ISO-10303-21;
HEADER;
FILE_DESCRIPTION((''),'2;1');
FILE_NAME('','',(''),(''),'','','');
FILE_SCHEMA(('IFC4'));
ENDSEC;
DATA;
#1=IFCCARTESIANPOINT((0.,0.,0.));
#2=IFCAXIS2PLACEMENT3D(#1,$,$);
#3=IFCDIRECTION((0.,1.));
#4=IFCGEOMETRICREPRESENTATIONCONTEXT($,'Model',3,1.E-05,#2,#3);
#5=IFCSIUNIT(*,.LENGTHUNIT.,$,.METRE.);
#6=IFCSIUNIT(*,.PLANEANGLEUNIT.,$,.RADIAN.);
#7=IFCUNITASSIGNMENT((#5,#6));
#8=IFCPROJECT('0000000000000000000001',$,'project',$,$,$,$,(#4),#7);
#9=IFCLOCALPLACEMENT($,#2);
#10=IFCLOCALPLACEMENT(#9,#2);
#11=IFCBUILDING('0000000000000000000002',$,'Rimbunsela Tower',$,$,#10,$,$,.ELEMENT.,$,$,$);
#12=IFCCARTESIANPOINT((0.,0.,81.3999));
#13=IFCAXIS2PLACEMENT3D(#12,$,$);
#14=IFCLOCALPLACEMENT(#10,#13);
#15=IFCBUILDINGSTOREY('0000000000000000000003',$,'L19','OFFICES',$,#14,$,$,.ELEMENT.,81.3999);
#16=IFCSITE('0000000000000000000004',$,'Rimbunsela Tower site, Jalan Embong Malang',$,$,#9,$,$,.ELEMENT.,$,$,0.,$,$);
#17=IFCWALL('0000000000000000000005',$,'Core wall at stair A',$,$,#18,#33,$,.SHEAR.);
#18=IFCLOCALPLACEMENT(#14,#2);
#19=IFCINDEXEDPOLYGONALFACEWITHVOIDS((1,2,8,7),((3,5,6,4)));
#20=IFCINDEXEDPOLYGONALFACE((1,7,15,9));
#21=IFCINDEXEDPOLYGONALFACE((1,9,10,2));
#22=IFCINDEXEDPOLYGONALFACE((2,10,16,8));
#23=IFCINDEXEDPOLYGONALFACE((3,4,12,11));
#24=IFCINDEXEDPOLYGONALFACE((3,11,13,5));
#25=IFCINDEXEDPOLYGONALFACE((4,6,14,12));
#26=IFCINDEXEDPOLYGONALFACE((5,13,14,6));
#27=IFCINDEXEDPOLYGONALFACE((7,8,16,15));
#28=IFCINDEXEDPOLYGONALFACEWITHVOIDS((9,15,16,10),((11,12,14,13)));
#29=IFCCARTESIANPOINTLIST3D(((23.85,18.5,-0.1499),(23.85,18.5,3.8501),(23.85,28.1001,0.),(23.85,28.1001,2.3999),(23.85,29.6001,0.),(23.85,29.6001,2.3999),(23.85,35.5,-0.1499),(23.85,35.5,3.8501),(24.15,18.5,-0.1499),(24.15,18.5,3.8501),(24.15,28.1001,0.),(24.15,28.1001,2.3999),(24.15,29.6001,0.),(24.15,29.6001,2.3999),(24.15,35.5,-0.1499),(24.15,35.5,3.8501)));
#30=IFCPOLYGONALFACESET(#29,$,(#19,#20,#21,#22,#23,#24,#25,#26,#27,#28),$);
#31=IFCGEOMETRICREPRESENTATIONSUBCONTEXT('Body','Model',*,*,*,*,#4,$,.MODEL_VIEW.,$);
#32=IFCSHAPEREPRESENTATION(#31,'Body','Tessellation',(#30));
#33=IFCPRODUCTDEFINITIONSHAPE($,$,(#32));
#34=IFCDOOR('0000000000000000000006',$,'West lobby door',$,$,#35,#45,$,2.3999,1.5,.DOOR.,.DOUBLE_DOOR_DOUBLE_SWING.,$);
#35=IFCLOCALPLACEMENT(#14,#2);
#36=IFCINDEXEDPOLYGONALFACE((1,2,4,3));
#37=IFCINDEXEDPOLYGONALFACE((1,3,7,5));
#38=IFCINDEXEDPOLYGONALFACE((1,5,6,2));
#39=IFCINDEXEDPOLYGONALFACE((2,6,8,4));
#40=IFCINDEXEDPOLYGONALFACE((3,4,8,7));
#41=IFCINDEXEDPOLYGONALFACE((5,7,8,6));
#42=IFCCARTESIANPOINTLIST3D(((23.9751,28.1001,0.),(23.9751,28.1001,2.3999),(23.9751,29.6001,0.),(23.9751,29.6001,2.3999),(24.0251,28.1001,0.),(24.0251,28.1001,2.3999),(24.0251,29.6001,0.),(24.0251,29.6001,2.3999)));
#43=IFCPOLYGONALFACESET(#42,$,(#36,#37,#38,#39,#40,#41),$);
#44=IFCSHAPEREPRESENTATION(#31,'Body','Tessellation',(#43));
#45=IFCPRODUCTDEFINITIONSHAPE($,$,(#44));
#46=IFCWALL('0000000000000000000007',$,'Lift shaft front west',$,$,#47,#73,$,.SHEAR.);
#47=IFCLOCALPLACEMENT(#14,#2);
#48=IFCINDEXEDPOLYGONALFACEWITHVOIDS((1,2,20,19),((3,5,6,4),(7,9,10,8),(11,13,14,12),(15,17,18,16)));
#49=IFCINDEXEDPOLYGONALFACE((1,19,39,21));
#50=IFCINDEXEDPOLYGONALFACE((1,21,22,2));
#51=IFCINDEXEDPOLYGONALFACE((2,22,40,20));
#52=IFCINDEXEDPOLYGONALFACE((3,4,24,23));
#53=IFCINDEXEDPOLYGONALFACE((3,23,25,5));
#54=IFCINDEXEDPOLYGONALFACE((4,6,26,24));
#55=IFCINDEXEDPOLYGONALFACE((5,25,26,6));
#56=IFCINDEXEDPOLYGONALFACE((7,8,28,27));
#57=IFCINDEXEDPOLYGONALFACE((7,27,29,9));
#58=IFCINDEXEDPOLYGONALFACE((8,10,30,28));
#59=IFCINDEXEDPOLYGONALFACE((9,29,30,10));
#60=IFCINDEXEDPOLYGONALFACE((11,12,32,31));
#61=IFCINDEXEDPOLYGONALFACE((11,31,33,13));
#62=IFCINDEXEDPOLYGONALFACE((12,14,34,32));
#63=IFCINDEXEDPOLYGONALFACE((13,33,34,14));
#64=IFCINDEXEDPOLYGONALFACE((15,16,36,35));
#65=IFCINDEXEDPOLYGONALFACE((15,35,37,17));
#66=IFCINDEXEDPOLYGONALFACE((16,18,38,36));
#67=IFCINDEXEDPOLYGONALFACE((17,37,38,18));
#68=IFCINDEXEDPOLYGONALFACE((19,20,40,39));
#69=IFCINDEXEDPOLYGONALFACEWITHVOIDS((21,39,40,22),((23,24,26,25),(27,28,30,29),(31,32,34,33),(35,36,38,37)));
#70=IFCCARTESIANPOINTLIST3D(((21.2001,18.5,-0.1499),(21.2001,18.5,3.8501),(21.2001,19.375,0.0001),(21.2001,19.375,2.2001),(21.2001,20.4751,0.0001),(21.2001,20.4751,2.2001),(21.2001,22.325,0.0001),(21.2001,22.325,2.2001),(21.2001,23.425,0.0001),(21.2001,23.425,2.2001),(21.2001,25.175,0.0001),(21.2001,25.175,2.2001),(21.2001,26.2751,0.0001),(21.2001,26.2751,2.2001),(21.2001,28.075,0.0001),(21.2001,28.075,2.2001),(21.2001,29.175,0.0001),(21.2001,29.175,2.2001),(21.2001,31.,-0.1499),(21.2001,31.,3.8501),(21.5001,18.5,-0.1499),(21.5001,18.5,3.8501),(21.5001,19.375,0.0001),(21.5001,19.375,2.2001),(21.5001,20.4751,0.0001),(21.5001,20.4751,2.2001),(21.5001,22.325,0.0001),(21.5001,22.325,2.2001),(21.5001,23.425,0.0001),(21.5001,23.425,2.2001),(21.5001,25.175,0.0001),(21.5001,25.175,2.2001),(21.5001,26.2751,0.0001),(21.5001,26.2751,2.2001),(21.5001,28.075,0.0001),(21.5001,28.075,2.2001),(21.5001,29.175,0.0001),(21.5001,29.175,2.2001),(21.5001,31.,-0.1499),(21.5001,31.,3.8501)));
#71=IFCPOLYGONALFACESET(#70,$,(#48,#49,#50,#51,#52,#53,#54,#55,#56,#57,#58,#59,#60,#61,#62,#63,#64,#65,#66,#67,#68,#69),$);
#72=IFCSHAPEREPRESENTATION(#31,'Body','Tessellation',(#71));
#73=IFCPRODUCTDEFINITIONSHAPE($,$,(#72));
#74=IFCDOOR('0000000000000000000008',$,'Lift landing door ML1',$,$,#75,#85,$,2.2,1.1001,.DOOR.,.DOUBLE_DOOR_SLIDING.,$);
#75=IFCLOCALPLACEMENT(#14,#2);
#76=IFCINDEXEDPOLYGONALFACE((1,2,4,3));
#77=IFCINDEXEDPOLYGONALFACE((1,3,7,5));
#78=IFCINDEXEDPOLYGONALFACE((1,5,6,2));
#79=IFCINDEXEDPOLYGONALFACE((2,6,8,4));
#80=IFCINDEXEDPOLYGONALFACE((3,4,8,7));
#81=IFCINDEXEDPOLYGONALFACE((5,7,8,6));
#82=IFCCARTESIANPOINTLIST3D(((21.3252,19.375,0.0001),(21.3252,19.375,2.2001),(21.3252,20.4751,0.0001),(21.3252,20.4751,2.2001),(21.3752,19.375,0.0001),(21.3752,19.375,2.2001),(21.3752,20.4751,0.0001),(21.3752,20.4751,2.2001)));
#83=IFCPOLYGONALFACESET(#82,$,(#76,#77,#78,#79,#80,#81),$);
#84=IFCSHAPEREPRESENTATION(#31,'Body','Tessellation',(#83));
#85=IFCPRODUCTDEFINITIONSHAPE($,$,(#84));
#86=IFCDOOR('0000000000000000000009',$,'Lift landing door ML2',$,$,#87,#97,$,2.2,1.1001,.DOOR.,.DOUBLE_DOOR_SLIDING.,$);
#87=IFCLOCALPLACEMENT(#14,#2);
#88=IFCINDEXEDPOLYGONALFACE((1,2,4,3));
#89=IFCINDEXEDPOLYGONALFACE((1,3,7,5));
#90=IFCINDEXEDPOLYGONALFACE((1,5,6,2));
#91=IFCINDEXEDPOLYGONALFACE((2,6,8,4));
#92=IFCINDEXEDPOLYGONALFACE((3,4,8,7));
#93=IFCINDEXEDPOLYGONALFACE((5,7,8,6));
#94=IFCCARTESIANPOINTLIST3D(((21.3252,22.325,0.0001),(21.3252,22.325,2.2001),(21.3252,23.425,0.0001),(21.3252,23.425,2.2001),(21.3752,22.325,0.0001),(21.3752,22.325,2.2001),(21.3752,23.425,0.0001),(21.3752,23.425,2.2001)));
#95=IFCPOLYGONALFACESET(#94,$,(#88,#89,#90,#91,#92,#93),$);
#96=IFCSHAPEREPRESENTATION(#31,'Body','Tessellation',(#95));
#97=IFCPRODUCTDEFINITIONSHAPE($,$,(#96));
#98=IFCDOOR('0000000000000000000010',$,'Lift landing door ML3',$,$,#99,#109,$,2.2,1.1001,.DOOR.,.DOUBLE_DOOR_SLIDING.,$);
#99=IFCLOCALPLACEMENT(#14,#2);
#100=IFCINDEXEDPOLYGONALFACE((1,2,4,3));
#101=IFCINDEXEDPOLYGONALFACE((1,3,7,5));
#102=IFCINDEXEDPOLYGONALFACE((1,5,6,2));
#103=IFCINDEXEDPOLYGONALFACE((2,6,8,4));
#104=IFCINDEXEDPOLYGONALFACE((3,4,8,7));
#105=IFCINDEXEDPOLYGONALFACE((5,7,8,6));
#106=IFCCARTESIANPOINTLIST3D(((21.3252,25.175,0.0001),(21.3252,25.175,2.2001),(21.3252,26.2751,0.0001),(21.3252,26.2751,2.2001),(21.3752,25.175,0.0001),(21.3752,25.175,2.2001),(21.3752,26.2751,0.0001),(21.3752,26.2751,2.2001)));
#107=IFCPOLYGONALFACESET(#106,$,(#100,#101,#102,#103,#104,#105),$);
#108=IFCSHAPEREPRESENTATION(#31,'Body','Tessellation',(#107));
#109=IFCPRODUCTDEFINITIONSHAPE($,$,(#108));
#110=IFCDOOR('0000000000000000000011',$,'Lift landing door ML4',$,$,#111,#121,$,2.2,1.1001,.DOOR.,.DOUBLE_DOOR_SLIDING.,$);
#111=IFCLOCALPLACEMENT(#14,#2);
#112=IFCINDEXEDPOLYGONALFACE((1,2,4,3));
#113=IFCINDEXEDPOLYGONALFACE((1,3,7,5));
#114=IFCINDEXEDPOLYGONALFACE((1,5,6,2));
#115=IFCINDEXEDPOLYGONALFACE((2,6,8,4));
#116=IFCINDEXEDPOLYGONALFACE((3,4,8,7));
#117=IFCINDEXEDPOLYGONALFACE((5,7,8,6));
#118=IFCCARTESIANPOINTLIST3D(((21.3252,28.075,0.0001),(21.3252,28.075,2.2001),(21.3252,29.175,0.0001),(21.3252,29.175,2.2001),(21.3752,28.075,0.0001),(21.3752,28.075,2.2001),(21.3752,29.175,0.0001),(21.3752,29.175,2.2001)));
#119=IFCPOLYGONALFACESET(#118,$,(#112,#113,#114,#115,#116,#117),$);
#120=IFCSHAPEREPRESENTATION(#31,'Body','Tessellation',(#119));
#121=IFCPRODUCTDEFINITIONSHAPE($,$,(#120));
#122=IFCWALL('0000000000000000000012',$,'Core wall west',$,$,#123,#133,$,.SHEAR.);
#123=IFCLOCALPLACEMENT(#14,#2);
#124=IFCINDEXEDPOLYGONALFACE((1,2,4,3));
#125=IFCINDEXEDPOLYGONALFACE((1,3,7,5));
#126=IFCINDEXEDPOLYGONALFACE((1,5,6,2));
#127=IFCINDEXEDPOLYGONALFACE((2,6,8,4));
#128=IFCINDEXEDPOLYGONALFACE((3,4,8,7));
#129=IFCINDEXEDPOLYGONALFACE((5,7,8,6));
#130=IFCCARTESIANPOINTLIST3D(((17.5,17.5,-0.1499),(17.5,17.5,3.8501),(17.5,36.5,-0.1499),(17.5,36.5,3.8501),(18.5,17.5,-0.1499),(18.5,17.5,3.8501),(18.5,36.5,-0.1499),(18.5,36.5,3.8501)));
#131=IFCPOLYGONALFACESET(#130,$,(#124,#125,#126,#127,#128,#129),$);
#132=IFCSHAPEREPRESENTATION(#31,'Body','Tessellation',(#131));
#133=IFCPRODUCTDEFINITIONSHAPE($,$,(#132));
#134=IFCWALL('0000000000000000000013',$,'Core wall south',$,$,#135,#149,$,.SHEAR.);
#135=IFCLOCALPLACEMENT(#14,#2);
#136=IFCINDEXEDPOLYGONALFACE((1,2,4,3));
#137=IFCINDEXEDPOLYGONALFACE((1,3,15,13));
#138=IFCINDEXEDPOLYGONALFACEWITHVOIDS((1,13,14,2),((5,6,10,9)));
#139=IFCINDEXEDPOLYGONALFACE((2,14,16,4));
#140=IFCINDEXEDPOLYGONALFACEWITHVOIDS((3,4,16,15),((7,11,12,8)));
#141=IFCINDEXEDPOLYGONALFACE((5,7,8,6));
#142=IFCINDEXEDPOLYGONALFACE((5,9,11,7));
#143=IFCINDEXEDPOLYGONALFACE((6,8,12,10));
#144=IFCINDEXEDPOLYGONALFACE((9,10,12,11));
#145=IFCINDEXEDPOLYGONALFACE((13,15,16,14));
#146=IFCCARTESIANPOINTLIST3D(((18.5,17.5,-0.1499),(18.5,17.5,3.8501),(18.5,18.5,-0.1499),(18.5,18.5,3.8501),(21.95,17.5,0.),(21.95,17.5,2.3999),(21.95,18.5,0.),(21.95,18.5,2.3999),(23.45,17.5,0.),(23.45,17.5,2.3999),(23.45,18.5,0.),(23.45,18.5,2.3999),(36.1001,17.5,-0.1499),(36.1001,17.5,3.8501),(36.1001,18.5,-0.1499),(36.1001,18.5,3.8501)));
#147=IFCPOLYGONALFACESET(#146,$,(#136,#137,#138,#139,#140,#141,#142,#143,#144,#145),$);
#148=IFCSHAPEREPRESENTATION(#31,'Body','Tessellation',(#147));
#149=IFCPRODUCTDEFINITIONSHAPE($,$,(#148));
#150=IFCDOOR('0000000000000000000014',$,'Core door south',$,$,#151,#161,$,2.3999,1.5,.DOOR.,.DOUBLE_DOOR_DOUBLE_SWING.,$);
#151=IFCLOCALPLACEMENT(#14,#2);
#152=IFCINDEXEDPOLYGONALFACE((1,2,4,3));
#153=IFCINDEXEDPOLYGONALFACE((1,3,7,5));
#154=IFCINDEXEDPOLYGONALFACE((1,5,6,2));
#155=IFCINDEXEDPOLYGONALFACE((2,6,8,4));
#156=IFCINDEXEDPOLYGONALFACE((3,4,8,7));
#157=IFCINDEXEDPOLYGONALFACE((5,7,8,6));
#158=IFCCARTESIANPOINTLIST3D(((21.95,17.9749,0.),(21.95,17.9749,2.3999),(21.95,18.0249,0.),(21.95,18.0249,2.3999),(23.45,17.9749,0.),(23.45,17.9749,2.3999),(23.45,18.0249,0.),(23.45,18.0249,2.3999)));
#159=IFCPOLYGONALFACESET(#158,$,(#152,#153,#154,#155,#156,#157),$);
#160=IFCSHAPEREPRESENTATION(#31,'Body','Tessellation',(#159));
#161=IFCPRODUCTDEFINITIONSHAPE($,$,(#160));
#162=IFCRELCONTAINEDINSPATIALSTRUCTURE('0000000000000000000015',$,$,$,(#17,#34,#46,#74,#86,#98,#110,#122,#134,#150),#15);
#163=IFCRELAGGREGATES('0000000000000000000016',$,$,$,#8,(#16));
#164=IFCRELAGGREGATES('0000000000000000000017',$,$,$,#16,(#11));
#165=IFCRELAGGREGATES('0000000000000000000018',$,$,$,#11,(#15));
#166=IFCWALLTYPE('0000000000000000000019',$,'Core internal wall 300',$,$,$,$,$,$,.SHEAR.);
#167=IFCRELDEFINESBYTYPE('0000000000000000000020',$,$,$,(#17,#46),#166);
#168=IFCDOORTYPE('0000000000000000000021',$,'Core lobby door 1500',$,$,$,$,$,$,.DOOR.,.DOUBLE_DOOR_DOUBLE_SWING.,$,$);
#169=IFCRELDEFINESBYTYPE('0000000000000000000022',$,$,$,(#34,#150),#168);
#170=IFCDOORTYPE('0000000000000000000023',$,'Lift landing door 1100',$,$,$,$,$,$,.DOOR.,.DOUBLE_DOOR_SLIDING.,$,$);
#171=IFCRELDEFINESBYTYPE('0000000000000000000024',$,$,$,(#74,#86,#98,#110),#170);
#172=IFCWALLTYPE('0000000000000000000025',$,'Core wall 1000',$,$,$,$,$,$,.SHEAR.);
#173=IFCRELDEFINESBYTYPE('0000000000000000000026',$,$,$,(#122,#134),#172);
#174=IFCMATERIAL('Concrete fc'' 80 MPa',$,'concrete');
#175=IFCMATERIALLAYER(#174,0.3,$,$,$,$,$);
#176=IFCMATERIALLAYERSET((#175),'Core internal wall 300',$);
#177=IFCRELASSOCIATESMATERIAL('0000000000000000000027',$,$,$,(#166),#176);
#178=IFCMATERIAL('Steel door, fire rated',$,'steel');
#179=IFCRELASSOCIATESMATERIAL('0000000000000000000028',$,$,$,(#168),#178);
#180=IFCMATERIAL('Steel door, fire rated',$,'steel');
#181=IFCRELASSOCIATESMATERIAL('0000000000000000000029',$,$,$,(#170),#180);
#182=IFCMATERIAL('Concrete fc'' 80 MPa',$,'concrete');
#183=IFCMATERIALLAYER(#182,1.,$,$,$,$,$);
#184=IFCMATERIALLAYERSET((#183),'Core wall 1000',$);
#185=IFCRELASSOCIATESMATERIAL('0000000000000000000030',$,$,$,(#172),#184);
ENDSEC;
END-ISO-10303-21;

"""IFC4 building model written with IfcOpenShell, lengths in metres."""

from ifc_helpers import new_model, si_unit, direction, frame, frame_2d, origin, place, context, subcontext, project, spatial, rectangle, extrude, material, layer, layer_set, type_object, element, fill, save


model = new_model("IFC4")

# Units and contexts
model_context = context("Model", 3, precision=1e-05, world=origin(), true_north=direction((0.0, 1.0)))
body_context = subcontext(model_context, "Body", "Model", "MODEL_VIEW")
ifc_project = project(units=[si_unit("LENGTHUNIT", "METRE"), si_unit("PLANEANGLEUNIT", "RADIAN")], contexts=[model_context])

# Site, building, storey
site_placement = place(None, origin())
site = spatial("IfcSite", under=ifc_project, at=site_placement, Name="Rimbunsela Tower site, Jalan Embong Malang", CompositionType="ELEMENT", RefElevation=0.0)
building_placement = place(site_placement, origin())
building = spatial("IfcBuilding", under=site, at=building_placement, Name="Rimbunsela Tower", CompositionType="ELEMENT")
storey_placement = place(building_placement, frame((0.0, 0.0, 81.3999)))
storey = spatial("IfcBuildingStorey", under=building, at=storey_placement, Name="L19", Description="OFFICES", CompositionType="ELEMENT", Elevation=81.3999)

# Wall, opening, door
ifc_material_1 = material(Name="Concrete fc' 80 MPa", Category="concrete")
ifc_layer_1 = layer(ifc_material_1, 0.3)
ifc_layer_set_1 = layer_set([ifc_layer_1], Name="Core internal wall 300")
wall_type_1 = type_object("IfcWallType", Name="Core internal wall 300", PredefinedType="SHEAR", material=ifc_layer_set_1)
wall_1_placement = place(storey_placement, frame((24.0, 18.5, -0.1499), z_axis=(0.0, 0.0, 1.0), x_axis=(0.0, 1.0, 0.0)))
wall_1 = element("IfcWall", 1, at=wall_1_placement, inside=storey, type_object=wall_type_1, Name="Core wall at stair A", PredefinedType="SHEAR", context=body_context, shape_type="SweptSolid", body=[
    extrude(rectangle(XDim=17.0, YDim=0.3, at=frame_2d((8.5, 0.0))), origin(), (0.0, 0.0, 1.0), 4.0),
])
opening_1_placement = place(wall_1_placement, frame((9.6001, 0.0, 0.1499)))
opening_1 = element("IfcOpeningElement", 2, at=opening_1_placement, cuts=wall_1, PredefinedType="OPENING", context=body_context, shape_type="SweptSolid", body=[
    extrude(rectangle(XDim=1.5, YDim=2.3999, at=frame_2d((0.75, 1.2))), frame((0.0, 0.1599, 0.0), z_axis=(0.0, -1.0, 0.0), x_axis=(1.0, 0.0, 0.0)), (0.0, 0.0, 1.0), 0.3201),
])
ifc_material_2 = material(Name="Steel door, fire rated", Category="steel")
door_type_1 = type_object("IfcDoorType", Name="Core lobby door 1500", OperationType="DOUBLE_DOOR_DOUBLE_SWING", PredefinedType="DOOR", material=ifc_material_2)
door_1_placement = place(opening_1_placement, origin())
door_1 = element("IfcDoor", 3, at=door_1_placement, inside=storey, type_object=door_type_1, Name="West lobby door", OperationType="DOUBLE_DOOR_DOUBLE_SWING", OverallHeight=2.3999, OverallWidth=1.5, PredefinedType="DOOR", context=body_context, shape_type="SweptSolid", body=[
    extrude(rectangle(XDim=1.5, YDim=2.3999, at=frame_2d((0.75, 1.2))), frame((0.0, 0.0249, 0.0), z_axis=(0.0, -1.0, 0.0), x_axis=(1.0, 0.0, 0.0)), (0.0, 0.0, 1.0), 0.05),
])
fill(opening_1, door_1)

# Wall, openings, doors
wall_2_placement = place(storey_placement, frame((21.3501, 18.5, -0.1499), z_axis=(0.0, 0.0, 1.0), x_axis=(0.0, 1.0, 0.0)))
wall_2 = element("IfcWall", 4, at=wall_2_placement, inside=storey, type_object=wall_type_1, Name="Lift shaft front west", PredefinedType="SHEAR", context=body_context, shape_type="SweptSolid", body=[
    extrude(rectangle(XDim=12.5, YDim=0.3, at=frame_2d((6.25, 0.0))), origin(), (0.0, 0.0, 1.0), 4.0),
])
opening_2_placement = place(wall_2_placement, frame((0.875, 0.0, 0.1499)))
opening_2 = element("IfcOpeningElement", 5, at=opening_2_placement, cuts=wall_2, PredefinedType="OPENING", context=body_context, shape_type="SweptSolid", body=[
    extrude(rectangle(XDim=1.1001, YDim=2.2, at=frame_2d((0.55, 1.1001))), frame((0.0, 0.1599, 0.0), z_axis=(0.0, -1.0, 0.0), x_axis=(1.0, 0.0, 0.0)), (0.0, 0.0, 1.0), 0.3201),
])
opening_3_placement = place(wall_2_placement, frame((3.825, 0.0, 0.1499)))
opening_3 = element("IfcOpeningElement", 6, at=opening_3_placement, cuts=wall_2, PredefinedType="OPENING", context=body_context, shape_type="SweptSolid", body=[
    extrude(rectangle(XDim=1.1001, YDim=2.2, at=frame_2d((0.55, 1.1001))), frame((0.0, 0.1599, 0.0), z_axis=(0.0, -1.0, 0.0), x_axis=(1.0, 0.0, 0.0)), (0.0, 0.0, 1.0), 0.3201),
])
opening_4_placement = place(wall_2_placement, frame((6.675, 0.0, 0.1499)))
opening_4 = element("IfcOpeningElement", 7, at=opening_4_placement, cuts=wall_2, PredefinedType="OPENING", context=body_context, shape_type="SweptSolid", body=[
    extrude(rectangle(XDim=1.1001, YDim=2.2, at=frame_2d((0.55, 1.1001))), frame((0.0, 0.1599, 0.0), z_axis=(0.0, -1.0, 0.0), x_axis=(1.0, 0.0, 0.0)), (0.0, 0.0, 1.0), 0.3201),
])
opening_5_placement = place(wall_2_placement, frame((9.575, 0.0, 0.1499)))
opening_5 = element("IfcOpeningElement", 8, at=opening_5_placement, cuts=wall_2, PredefinedType="OPENING", context=body_context, shape_type="SweptSolid", body=[
    extrude(rectangle(XDim=1.1001, YDim=2.2, at=frame_2d((0.55, 1.1001))), frame((0.0, 0.1599, 0.0), z_axis=(0.0, -1.0, 0.0), x_axis=(1.0, 0.0, 0.0)), (0.0, 0.0, 1.0), 0.3201),
])
ifc_material_3 = material(Name="Steel door, fire rated", Category="steel")
door_type_2 = type_object("IfcDoorType", Name="Lift landing door 1100", OperationType="DOUBLE_DOOR_SLIDING", PredefinedType="DOOR", material=ifc_material_3)
door_2_placement = place(opening_2_placement, origin())
door_2 = element("IfcDoor", 9, at=door_2_placement, inside=storey, type_object=door_type_2, Name="Lift landing door ML1", OperationType="DOUBLE_DOOR_SLIDING", OverallHeight=2.2, OverallWidth=1.1001, PredefinedType="DOOR", context=body_context, shape_type="SweptSolid", body=[
    extrude(rectangle(XDim=1.1001, YDim=2.2, at=frame_2d((0.55, 1.1001))), frame((0.0, 0.0249, 0.0), z_axis=(0.0, -1.0, 0.0), x_axis=(1.0, 0.0, 0.0)), (0.0, 0.0, 1.0), 0.05),
])
fill(opening_2, door_2)
door_3_placement = place(opening_3_placement, origin())
door_3 = element("IfcDoor", 10, at=door_3_placement, inside=storey, type_object=door_type_2, Name="Lift landing door ML2", OperationType="DOUBLE_DOOR_SLIDING", OverallHeight=2.2, OverallWidth=1.1001, PredefinedType="DOOR", context=body_context, shape_type="SweptSolid", body=[
    extrude(rectangle(XDim=1.1001, YDim=2.2, at=frame_2d((0.55, 1.1001))), frame((0.0, 0.0249, 0.0), z_axis=(0.0, -1.0, 0.0), x_axis=(1.0, 0.0, 0.0)), (0.0, 0.0, 1.0), 0.05),
])
fill(opening_3, door_3)
door_4_placement = place(opening_4_placement, origin())
door_4 = element("IfcDoor", 11, at=door_4_placement, inside=storey, type_object=door_type_2, Name="Lift landing door ML3", OperationType="DOUBLE_DOOR_SLIDING", OverallHeight=2.2, OverallWidth=1.1001, PredefinedType="DOOR", context=body_context, shape_type="SweptSolid", body=[
    extrude(rectangle(XDim=1.1001, YDim=2.2, at=frame_2d((0.55, 1.1001))), frame((0.0, 0.0249, 0.0), z_axis=(0.0, -1.0, 0.0), x_axis=(1.0, 0.0, 0.0)), (0.0, 0.0, 1.0), 0.05),
])
fill(opening_4, door_4)
door_5_placement = place(opening_5_placement, origin())
door_5 = element("IfcDoor", 12, at=door_5_placement, inside=storey, type_object=door_type_2, Name="Lift landing door ML4", OperationType="DOUBLE_DOOR_SLIDING", OverallHeight=2.2, OverallWidth=1.1001, PredefinedType="DOOR", context=body_context, shape_type="SweptSolid", body=[
    extrude(rectangle(XDim=1.1001, YDim=2.2, at=frame_2d((0.55, 1.1001))), frame((0.0, 0.0249, 0.0), z_axis=(0.0, -1.0, 0.0), x_axis=(1.0, 0.0, 0.0)), (0.0, 0.0, 1.0), 0.05),
])
fill(opening_5, door_5)

# Wall
ifc_material_4 = material(Name="Concrete fc' 80 MPa", Category="concrete")
ifc_layer_2 = layer(ifc_material_4, 1.0)
ifc_layer_set_2 = layer_set([ifc_layer_2], Name="Core wall 1000")
wall_type_2 = type_object("IfcWallType", Name="Core wall 1000", PredefinedType="SHEAR", material=ifc_layer_set_2)
wall_3_placement = place(storey_placement, frame((18.0, 17.5, -0.1499), z_axis=(0.0, 0.0, 1.0), x_axis=(0.0, 1.0, 0.0)))
element("IfcWall", 13, at=wall_3_placement, inside=storey, type_object=wall_type_2, Name="Core wall west", PredefinedType="SHEAR", context=body_context, shape_type="SweptSolid", body=[
    extrude(rectangle(XDim=19.0, YDim=1.0, at=frame_2d((9.5, 0.0))), origin(), (0.0, 0.0, 1.0), 4.0),
])

# Wall, opening, door
wall_4_placement = place(storey_placement, frame((18.5, 18.0, -0.1499), z_axis=(0.0, 0.0, 1.0), x_axis=(1.0, 0.0, 0.0)))
wall_4 = element("IfcWall", 14, at=wall_4_placement, inside=storey, type_object=wall_type_2, Name="Core wall south", PredefinedType="SHEAR", context=body_context, shape_type="SweptSolid", body=[
    extrude(rectangle(XDim=17.6001, YDim=1.0, at=frame_2d((8.8, 0.0))), origin(), (0.0, 0.0, 1.0), 4.0),
])
opening_6_placement = place(wall_4_placement, frame((3.45, 0.0, 0.1499)))
opening_6 = element("IfcOpeningElement", 15, at=opening_6_placement, cuts=wall_4, PredefinedType="OPENING", context=body_context, shape_type="SweptSolid", body=[
    extrude(rectangle(XDim=1.5, YDim=2.3999, at=frame_2d((0.75, 1.2))), frame((0.0, 0.51, 0.0), z_axis=(0.0, -1.0, 0.0), x_axis=(1.0, 0.0, 0.0)), (0.0, 0.0, 1.0), 1.02),
])
door_6_placement = place(opening_6_placement, origin())
door_6 = element("IfcDoor", 16, at=door_6_placement, inside=storey, type_object=door_type_1, Name="Core door south", OperationType="DOUBLE_DOOR_DOUBLE_SWING", OverallHeight=2.3999, OverallWidth=1.5, PredefinedType="DOOR", context=body_context, shape_type="SweptSolid", body=[
    extrude(rectangle(XDim=1.5, YDim=2.3999, at=frame_2d((0.75, 1.2))), frame((0.0, 0.0249, 0.0), z_axis=(0.0, -1.0, 0.0), x_axis=(1.0, 0.0, 0.0)), (0.0, 0.0, 1.0), 0.05),
])
fill(opening_6, door_6)

save(model, "model.ifc")
